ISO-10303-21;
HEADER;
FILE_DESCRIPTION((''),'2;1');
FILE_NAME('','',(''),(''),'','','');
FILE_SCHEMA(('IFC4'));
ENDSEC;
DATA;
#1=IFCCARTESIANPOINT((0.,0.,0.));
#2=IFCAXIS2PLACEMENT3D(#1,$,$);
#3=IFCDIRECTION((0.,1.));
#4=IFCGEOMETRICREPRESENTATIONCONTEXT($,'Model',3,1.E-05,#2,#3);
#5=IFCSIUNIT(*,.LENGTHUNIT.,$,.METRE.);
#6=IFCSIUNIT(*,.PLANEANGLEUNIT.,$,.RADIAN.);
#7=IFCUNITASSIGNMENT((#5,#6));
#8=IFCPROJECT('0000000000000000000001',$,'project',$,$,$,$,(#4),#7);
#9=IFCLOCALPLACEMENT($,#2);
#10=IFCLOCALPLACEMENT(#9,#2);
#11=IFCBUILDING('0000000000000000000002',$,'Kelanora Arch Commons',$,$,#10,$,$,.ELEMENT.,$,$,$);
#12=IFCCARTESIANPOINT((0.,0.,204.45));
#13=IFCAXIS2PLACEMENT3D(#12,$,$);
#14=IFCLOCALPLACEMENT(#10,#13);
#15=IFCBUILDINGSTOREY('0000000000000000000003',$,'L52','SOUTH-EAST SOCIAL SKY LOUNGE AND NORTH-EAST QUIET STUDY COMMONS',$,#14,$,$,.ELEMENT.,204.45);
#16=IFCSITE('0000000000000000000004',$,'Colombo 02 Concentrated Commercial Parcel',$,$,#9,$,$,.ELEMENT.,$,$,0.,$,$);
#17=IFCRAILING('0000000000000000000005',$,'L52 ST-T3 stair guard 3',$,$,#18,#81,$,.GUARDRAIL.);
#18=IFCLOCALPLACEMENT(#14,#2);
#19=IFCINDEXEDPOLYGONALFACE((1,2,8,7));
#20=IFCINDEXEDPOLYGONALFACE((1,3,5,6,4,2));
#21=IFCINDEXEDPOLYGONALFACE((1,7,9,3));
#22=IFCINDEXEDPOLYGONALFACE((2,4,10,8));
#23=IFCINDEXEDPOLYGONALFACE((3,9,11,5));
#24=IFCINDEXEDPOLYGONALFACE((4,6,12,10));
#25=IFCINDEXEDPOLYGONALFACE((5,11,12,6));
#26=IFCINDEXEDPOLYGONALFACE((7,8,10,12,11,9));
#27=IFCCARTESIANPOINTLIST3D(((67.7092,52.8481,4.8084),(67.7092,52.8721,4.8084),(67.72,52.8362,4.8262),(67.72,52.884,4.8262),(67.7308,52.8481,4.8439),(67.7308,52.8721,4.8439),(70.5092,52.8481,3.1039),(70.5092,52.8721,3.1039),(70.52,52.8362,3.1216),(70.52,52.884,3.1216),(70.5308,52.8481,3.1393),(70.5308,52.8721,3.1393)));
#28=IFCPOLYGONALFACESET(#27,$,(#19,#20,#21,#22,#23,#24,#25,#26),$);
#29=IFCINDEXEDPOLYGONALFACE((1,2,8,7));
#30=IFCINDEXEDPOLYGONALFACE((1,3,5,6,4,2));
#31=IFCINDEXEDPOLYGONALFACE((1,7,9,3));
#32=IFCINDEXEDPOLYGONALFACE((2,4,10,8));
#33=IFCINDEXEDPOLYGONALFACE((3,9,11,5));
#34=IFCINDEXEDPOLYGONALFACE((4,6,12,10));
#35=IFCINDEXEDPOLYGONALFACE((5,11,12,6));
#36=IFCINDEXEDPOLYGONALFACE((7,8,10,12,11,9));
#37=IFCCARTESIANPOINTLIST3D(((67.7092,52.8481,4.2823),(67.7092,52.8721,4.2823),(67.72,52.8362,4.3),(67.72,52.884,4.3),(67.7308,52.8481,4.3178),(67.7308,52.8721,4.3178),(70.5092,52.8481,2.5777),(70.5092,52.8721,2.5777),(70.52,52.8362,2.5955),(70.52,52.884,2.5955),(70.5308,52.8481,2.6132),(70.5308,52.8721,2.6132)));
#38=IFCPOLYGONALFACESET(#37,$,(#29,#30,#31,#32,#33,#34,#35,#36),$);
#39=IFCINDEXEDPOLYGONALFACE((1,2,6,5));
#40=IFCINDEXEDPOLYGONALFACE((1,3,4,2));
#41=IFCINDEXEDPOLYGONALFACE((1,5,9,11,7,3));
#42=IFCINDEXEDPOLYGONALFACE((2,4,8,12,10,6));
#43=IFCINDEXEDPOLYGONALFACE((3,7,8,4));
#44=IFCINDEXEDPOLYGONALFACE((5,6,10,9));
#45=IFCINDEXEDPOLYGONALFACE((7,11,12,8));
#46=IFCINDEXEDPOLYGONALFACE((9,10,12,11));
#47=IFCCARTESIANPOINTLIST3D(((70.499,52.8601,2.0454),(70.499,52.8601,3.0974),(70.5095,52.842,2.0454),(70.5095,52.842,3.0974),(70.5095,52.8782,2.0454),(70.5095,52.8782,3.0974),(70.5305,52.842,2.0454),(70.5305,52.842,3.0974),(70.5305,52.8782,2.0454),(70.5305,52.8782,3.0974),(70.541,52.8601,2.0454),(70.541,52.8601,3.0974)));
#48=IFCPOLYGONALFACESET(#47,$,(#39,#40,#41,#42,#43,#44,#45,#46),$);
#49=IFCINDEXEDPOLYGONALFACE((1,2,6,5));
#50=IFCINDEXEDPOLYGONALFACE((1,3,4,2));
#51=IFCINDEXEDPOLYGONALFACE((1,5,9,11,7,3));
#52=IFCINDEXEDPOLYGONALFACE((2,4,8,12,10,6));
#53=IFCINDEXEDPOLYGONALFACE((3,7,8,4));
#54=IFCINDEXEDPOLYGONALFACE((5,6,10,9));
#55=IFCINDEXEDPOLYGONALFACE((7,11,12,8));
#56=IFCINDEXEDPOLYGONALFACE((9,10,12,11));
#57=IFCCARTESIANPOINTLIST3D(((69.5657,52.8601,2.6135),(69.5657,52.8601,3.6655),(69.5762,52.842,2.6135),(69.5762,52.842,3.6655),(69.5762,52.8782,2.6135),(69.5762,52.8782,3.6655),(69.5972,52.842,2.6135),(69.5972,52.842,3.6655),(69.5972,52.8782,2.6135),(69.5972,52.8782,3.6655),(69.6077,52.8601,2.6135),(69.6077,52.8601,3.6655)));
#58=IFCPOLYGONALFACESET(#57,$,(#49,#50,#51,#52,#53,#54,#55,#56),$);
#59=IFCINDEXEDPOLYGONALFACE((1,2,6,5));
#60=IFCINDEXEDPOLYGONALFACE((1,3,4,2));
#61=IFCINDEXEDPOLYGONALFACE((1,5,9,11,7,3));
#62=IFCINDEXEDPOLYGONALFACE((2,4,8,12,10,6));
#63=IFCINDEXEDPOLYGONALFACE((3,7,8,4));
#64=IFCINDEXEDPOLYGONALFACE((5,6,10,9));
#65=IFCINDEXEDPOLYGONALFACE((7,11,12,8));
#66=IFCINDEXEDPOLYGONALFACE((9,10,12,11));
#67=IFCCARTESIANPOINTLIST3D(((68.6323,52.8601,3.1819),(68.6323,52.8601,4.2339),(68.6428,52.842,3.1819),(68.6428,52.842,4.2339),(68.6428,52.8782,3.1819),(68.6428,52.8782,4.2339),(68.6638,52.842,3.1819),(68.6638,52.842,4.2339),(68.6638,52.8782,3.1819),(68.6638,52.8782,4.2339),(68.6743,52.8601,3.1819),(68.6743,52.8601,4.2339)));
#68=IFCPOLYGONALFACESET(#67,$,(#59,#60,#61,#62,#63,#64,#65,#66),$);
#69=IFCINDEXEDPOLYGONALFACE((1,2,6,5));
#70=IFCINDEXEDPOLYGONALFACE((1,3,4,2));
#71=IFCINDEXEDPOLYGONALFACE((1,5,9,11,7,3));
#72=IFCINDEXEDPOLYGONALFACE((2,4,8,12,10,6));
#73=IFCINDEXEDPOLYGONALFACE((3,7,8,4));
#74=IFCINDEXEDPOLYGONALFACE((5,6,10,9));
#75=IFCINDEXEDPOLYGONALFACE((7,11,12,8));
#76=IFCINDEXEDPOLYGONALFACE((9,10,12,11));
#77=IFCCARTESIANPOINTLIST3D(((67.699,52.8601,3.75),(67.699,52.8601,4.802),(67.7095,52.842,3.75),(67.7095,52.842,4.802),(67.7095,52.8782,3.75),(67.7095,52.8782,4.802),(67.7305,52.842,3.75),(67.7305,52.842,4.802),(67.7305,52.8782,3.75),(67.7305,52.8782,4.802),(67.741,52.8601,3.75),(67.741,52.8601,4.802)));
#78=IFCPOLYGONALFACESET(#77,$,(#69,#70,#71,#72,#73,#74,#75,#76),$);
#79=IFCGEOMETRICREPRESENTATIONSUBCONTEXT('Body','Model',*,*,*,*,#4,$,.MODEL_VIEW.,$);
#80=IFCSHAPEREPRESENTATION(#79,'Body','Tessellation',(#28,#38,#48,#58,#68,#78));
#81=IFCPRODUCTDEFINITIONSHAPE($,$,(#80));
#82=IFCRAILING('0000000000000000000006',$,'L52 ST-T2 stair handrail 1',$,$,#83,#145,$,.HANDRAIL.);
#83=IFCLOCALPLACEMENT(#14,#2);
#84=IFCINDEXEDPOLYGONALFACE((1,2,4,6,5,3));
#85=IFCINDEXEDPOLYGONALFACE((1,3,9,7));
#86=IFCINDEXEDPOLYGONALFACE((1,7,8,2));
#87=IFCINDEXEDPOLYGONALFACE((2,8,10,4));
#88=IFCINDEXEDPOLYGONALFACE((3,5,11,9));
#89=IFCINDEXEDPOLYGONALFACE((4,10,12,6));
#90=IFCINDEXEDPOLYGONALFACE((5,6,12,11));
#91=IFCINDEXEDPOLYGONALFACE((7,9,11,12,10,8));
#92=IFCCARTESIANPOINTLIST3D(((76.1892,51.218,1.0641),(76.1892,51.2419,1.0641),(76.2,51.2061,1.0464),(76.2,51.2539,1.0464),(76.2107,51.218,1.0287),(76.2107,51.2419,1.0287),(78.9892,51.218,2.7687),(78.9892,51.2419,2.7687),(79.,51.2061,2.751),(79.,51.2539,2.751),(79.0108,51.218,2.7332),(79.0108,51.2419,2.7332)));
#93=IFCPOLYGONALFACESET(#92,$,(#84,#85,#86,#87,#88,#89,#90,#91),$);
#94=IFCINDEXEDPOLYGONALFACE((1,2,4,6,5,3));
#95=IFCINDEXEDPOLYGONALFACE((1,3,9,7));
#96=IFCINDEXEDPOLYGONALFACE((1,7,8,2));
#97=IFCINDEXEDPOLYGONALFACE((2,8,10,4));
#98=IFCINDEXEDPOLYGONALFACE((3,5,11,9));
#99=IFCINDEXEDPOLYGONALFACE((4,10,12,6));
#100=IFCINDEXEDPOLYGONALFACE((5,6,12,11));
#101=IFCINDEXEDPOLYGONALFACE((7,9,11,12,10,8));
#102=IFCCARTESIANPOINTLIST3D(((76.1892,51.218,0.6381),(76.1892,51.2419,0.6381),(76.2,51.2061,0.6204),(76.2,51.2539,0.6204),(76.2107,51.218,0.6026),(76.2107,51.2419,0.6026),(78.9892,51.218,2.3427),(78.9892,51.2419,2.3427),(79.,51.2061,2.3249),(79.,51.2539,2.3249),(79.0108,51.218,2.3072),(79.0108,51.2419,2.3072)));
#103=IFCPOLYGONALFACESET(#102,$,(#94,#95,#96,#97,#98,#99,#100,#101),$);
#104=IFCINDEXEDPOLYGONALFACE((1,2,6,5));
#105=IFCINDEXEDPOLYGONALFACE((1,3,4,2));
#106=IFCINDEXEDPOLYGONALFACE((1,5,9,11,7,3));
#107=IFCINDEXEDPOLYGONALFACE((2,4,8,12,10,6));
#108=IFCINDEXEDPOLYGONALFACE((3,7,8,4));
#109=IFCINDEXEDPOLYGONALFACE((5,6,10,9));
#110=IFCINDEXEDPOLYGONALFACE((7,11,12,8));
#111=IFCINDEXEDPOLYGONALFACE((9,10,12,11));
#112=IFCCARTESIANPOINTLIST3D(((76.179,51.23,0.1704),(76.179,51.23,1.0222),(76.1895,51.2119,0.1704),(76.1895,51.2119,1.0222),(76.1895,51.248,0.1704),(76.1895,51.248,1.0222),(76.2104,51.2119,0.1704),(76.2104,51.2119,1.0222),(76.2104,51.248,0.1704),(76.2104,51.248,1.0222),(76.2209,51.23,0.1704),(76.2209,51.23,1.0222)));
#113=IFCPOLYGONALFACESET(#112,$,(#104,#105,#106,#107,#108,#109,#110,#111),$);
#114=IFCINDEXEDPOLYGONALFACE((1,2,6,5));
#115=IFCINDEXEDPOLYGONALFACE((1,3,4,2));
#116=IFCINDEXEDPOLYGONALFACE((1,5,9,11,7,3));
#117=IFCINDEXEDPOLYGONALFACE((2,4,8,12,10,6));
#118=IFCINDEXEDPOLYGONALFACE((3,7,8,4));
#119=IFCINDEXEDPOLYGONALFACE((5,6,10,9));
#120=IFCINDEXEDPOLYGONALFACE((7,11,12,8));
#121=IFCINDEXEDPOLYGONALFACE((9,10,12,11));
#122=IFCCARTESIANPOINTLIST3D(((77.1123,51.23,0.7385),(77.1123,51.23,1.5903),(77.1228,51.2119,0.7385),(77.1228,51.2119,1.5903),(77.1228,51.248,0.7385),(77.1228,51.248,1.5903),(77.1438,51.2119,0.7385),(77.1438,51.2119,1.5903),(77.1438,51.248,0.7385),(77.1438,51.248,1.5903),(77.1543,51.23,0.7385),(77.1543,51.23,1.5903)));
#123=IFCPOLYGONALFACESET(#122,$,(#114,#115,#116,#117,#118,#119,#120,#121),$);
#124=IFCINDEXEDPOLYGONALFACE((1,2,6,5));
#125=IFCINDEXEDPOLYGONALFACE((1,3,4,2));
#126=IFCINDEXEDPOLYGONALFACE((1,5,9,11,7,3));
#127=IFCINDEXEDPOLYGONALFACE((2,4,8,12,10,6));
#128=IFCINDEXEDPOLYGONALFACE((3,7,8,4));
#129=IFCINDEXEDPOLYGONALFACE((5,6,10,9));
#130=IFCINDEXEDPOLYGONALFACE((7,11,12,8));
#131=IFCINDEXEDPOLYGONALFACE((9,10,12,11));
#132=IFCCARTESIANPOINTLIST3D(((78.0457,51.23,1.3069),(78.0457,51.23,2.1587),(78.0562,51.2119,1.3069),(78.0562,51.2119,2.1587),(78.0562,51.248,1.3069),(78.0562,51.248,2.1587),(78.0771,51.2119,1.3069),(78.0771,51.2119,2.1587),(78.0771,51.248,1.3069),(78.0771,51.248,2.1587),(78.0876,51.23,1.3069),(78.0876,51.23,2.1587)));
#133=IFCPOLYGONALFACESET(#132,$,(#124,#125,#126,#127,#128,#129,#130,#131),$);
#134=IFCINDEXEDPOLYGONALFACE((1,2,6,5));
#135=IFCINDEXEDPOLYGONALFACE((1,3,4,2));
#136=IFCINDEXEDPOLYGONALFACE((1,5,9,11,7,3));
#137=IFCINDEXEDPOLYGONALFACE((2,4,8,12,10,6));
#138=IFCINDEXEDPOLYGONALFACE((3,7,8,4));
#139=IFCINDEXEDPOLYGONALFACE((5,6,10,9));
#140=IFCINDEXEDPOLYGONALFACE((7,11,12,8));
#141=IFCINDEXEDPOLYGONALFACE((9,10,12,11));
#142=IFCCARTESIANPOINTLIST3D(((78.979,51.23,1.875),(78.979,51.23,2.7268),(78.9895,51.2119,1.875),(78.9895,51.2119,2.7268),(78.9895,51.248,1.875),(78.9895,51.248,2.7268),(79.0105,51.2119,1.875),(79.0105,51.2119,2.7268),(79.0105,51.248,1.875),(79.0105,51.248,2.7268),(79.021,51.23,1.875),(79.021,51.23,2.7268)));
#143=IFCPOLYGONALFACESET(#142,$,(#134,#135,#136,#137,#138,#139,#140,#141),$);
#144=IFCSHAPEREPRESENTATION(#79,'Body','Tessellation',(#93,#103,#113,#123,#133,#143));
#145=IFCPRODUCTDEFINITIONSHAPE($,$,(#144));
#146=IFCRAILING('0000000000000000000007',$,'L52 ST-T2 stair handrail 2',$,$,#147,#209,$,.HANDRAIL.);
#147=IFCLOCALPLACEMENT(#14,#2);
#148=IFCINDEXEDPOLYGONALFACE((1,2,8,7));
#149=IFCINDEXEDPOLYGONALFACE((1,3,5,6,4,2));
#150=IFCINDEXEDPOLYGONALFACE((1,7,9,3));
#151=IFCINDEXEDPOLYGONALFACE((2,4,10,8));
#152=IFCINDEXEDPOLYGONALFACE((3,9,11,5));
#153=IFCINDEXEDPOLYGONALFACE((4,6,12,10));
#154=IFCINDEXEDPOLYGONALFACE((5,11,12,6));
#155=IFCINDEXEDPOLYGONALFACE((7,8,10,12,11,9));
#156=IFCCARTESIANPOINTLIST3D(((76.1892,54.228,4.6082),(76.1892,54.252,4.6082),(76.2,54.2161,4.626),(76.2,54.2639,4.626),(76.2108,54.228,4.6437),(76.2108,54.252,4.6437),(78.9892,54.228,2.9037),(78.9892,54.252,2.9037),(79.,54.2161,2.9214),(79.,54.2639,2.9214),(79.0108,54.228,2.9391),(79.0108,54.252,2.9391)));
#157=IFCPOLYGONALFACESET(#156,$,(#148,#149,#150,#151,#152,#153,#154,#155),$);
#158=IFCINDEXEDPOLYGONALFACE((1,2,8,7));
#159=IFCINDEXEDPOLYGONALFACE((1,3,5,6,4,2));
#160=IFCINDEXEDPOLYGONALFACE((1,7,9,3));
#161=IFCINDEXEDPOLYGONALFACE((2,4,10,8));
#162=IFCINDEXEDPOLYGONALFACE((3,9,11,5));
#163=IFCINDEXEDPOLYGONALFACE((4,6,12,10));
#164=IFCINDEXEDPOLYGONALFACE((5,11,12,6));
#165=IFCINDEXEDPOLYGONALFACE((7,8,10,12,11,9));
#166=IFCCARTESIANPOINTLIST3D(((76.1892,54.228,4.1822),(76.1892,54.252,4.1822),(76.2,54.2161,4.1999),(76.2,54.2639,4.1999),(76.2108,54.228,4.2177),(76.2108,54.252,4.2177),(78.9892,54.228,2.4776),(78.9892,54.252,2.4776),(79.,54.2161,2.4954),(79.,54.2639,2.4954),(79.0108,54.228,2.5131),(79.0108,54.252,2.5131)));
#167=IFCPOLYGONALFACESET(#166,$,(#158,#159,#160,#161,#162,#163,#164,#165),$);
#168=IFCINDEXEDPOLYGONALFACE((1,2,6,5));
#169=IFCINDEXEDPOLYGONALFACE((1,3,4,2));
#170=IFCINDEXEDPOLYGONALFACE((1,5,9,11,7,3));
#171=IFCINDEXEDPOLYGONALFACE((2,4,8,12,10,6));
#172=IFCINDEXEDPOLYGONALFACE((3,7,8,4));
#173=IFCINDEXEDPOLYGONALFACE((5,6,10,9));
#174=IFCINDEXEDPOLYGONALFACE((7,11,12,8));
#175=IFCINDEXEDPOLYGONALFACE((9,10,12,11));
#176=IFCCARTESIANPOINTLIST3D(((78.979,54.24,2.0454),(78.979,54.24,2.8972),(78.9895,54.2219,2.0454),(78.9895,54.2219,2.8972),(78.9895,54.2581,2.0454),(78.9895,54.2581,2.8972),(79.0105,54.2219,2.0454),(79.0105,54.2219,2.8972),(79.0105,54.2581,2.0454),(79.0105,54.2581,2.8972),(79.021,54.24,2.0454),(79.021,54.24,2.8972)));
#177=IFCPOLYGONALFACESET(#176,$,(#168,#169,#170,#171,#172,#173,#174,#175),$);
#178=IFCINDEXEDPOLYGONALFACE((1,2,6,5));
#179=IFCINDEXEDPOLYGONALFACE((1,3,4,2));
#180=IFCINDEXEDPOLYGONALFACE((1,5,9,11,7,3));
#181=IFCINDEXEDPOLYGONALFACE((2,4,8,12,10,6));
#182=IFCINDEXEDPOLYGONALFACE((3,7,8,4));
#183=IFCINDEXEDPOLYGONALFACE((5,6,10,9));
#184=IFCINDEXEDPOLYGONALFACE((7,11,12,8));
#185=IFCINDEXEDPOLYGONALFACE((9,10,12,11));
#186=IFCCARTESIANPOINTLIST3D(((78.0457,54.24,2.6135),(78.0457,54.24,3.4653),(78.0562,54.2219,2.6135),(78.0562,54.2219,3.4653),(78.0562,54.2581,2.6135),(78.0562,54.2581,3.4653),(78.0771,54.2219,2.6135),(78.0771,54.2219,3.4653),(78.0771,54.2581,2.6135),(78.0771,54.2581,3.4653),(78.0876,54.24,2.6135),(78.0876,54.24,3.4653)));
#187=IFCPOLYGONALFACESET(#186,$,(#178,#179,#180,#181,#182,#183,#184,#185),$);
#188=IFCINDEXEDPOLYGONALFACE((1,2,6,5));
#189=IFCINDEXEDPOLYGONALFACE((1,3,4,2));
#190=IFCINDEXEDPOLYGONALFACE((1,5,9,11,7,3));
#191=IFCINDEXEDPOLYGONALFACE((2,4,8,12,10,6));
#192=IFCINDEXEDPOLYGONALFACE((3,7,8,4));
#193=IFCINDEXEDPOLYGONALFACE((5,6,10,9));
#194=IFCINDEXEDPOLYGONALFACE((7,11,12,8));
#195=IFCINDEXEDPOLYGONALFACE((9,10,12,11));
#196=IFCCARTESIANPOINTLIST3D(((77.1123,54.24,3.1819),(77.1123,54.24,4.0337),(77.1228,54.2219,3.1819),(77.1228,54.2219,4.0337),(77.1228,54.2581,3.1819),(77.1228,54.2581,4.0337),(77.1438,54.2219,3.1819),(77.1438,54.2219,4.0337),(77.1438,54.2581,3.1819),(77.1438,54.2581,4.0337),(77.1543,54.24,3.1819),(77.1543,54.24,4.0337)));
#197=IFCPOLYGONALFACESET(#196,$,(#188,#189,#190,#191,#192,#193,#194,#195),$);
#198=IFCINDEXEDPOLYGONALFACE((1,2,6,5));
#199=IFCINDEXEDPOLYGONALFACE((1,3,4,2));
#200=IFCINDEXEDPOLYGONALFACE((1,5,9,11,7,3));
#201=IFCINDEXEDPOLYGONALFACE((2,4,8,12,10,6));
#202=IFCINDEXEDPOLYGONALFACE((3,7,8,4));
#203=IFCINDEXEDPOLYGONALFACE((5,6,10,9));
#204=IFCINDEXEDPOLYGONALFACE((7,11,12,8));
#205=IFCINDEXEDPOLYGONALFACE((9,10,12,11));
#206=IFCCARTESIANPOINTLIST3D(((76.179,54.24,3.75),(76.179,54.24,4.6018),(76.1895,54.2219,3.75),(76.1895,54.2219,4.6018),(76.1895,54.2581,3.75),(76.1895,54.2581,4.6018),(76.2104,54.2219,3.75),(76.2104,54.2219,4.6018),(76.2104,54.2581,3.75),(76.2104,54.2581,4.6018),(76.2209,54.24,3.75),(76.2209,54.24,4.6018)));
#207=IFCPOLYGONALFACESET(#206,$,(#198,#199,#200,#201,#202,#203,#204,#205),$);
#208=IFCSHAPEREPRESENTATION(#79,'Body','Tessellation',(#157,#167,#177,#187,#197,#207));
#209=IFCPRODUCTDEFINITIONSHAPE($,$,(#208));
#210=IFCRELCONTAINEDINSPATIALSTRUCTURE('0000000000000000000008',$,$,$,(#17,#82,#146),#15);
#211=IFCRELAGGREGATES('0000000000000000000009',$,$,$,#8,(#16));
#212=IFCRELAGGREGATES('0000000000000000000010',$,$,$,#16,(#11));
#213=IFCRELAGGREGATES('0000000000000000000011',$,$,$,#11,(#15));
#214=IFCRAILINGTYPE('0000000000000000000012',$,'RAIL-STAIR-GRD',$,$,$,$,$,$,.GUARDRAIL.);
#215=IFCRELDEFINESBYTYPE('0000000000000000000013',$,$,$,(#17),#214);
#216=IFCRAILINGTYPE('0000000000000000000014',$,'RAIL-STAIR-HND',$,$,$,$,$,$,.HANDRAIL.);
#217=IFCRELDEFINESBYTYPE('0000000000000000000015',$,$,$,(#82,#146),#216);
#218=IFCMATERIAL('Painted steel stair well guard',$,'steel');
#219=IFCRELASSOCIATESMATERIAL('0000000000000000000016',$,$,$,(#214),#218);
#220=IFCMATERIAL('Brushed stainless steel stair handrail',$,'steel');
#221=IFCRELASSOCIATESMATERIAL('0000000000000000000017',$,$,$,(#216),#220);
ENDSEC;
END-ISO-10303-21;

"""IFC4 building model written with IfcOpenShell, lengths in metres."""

from ifc_helpers import new_model, si_unit, direction, frame, origin, place, context, subcontext, project, spatial, polyline, outline, extrude, material, type_object, element, save


model = new_model("IFC4")

# Units and contexts
model_context = context("Model", 3, precision=1e-05, world=origin(), true_north=direction((0.0, 1.0)))
body_context = subcontext(model_context, "Body", "Model", "MODEL_VIEW")
ifc_project = project(units=[si_unit("LENGTHUNIT", "METRE"), si_unit("PLANEANGLEUNIT", "RADIAN")], contexts=[model_context])

# Site, building, storey
site_placement = place(None, origin())
site = spatial("IfcSite", under=ifc_project, at=site_placement, Name="Colombo 02 Concentrated Commercial Parcel", CompositionType="ELEMENT", RefElevation=0.0)
building_placement = place(site_placement, origin())
building = spatial("IfcBuilding", under=site, at=building_placement, Name="Kelanora Arch Commons", CompositionType="ELEMENT")
storey_placement = place(building_placement, frame((0.0, 0.0, 204.45)))
storey = spatial("IfcBuildingStorey", under=building, at=storey_placement, Name="L52", Description="SOUTH-EAST SOCIAL SKY LOUNGE AND NORTH-EAST QUIET STUDY COMMONS", CompositionType="ELEMENT", Elevation=204.45)

# Railings
ifc_material_1 = material(Name="Painted steel stair well guard", Category="steel")
railing_type_1 = type_object("IfcRailingType", Name="RAIL-STAIR-GRD", PredefinedType="GUARDRAIL", material=ifc_material_1)
railing_1_placement = place(storey_placement, frame((70.52, 52.8601, 2.0454)))
element("IfcRailing", 1, at=railing_1_placement, inside=storey, type_object=railing_type_1, Name="L52 ST-T3 stair guard 3", PredefinedType="GUARDRAIL", context=body_context, shape_type="SweptSolid", body=[
    extrude(outline(polyline([(0.0239, 0.0), (0.012, 0.0208), (-0.012, 0.0208), (-0.0239, 0.0), (-0.012, -0.0208), (0.012, -0.0208), (0.0239, 0.0)])), frame((0.0, 0.0, 1.0762), z_axis=(-0.85417, 0.0, 0.519994), x_axis=(0.0, -1.0, 0.0)), (0.0, 0.0, 1.0), 3.2781),
    extrude(outline(polyline([(0.0239, 0.0), (0.012, 0.0208), (-0.012, 0.0208), (-0.0239, 0.0), (-0.012, -0.0208), (0.012, -0.0208), (0.0239, 0.0)])), frame((0.0, 0.0, 0.55), z_axis=(-0.85417, 0.0, 0.519994), x_axis=(0.0, -1.0, 0.0)), (0.0, 0.0, 1.0), 3.2781),
    extrude(outline(polyline([(0.021, 0.0), (0.0105, 0.0181), (-0.0105, 0.0181), (-0.021, 0.0), (-0.0105, -0.0181), (0.0105, -0.0181), (0.021, 0.0)])), origin(), (0.0, 0.0, 1.0), 1.052),
    extrude(outline(polyline([(0.021, 0.0), (0.0105, 0.0181), (-0.0105, 0.0181), (-0.021, 0.0), (-0.0105, -0.0181), (0.0105, -0.0181), (0.021, 0.0)])), frame((-0.9333, 0.0, 0.5681)), (0.0, 0.0, 1.0), 1.052),
    extrude(outline(polyline([(0.021, 0.0), (0.0105, 0.0181), (-0.0105, 0.0181), (-0.021, 0.0), (-0.0105, -0.0181), (0.0105, -0.0181), (0.021, 0.0)])), frame((-1.8667, 0.0, 1.1365)), (0.0, 0.0, 1.0), 1.052),
    extrude(outline(polyline([(0.021, 0.0), (0.0105, 0.0181), (-0.0105, 0.0181), (-0.021, 0.0), (-0.0105, -0.0181), (0.0105, -0.0181), (0.021, 0.0)])), frame((-2.8, 0.0, 1.7046)), (0.0, 0.0, 1.0), 1.052),
])
ifc_material_2 = material(Name="Brushed stainless steel stair handrail", Category="steel")
railing_type_2 = type_object("IfcRailingType", Name="RAIL-STAIR-HND", PredefinedType="HANDRAIL", material=ifc_material_2)
railing_2_placement = place(storey_placement, frame((76.2, 51.23, 0.1704)))
element("IfcRailing", 2, at=railing_2_placement, inside=storey, type_object=railing_type_2, Name="L52 ST-T2 stair handrail 1", PredefinedType="HANDRAIL", context=body_context, shape_type="SweptSolid", body=[
    extrude(outline(polyline([(0.0239, 0.0), (0.012, 0.0208), (-0.012, 0.0208), (-0.0239, 0.0), (-0.012, -0.0208), (0.012, -0.0208), (0.0239, 0.0)])), frame((0.0, 0.0, 0.876), z_axis=(0.85417, 0.0, 0.519994), x_axis=(0.0, 1.0, 0.0)), (0.0, 0.0, 1.0), 3.2781),
    extrude(outline(polyline([(0.0239, 0.0), (0.012, 0.0208), (-0.012, 0.0208), (-0.0239, 0.0), (-0.012, -0.0208), (0.012, -0.0208), (0.0239, 0.0)])), frame((0.0, 0.0, 0.45), z_axis=(0.85417, 0.0, 0.519994), x_axis=(0.0, 1.0, 0.0)), (0.0, 0.0, 1.0), 3.2781),
    extrude(outline(polyline([(0.021, 0.0), (0.0105, 0.0181), (-0.0105, 0.0181), (-0.021, 0.0), (-0.0105, -0.0181), (0.0105, -0.0181), (0.021, 0.0)])), origin(), (0.0, 0.0, 1.0), 0.8518),
    extrude(outline(polyline([(0.021, 0.0), (0.0105, 0.0181), (-0.0105, 0.0181), (-0.021, 0.0), (-0.0105, -0.0181), (0.0105, -0.0181), (0.021, 0.0)])), frame((0.9333, 0.0, 0.5681)), (0.0, 0.0, 1.0), 0.8518),
    extrude(outline(polyline([(0.021, 0.0), (0.0105, 0.0181), (-0.0105, 0.0181), (-0.021, 0.0), (-0.0105, -0.0181), (0.0105, -0.0181), (0.021, 0.0)])), frame((1.8667, 0.0, 1.1365)), (0.0, 0.0, 1.0), 0.8518),
    extrude(outline(polyline([(0.021, 0.0), (0.0105, 0.0181), (-0.0105, 0.0181), (-0.021, 0.0), (-0.0105, -0.0181), (0.0105, -0.0181), (0.021, 0.0)])), frame((2.8, 0.0, 1.7046)), (0.0, 0.0, 1.0), 0.8518),
])
railing_3_placement = place(storey_placement, frame((79.0, 54.24, 2.0454)))
element("IfcRailing", 3, at=railing_3_placement, inside=storey, type_object=railing_type_2, Name="L52 ST-T2 stair handrail 2", PredefinedType="HANDRAIL", context=body_context, shape_type="SweptSolid", body=[
    extrude(outline(polyline([(0.0239, 0.0), (0.012, 0.0208), (-0.012, 0.0208), (-0.0239, 0.0), (-0.012, -0.0208), (0.012, -0.0208), (0.0239, 0.0)])), frame((0.0, 0.0, 0.876), z_axis=(-0.85417, 0.0, 0.519994), x_axis=(0.0, -1.0, 0.0)), (0.0, 0.0, 1.0), 3.2781),
    extrude(outline(polyline([(0.0239, 0.0), (0.012, 0.0208), (-0.012, 0.0208), (-0.0239, 0.0), (-0.012, -0.0208), (0.012, -0.0208), (0.0239, 0.0)])), frame((0.0, 0.0, 0.45), z_axis=(-0.85417, 0.0, 0.519994), x_axis=(0.0, -1.0, 0.0)), (0.0, 0.0, 1.0), 3.2781),
    extrude(outline(polyline([(0.021, 0.0), (0.0105, 0.0181), (-0.0105, 0.0181), (-0.021, 0.0), (-0.0105, -0.0181), (0.0105, -0.0181), (0.021, 0.0)])), origin(), (0.0, 0.0, 1.0), 0.8518),
    extrude(outline(polyline([(0.021, 0.0), (0.0105, 0.0181), (-0.0105, 0.0181), (-0.021, 0.0), (-0.0105, -0.0181), (0.0105, -0.0181), (0.021, 0.0)])), frame((-0.9333, 0.0, 0.5681)), (0.0, 0.0, 1.0), 0.8518),
    extrude(outline(polyline([(0.021, 0.0), (0.0105, 0.0181), (-0.0105, 0.0181), (-0.021, 0.0), (-0.0105, -0.0181), (0.0105, -0.0181), (0.021, 0.0)])), frame((-1.8667, 0.0, 1.1365)), (0.0, 0.0, 1.0), 0.8518),
    extrude(outline(polyline([(0.021, 0.0), (0.0105, 0.0181), (-0.0105, 0.0181), (-0.021, 0.0), (-0.0105, -0.0181), (0.0105, -0.0181), (0.021, 0.0)])), frame((-2.8, 0.0, 1.7046)), (0.0, 0.0, 1.0), 0.8518),
])

save(model, "model.ifc")
